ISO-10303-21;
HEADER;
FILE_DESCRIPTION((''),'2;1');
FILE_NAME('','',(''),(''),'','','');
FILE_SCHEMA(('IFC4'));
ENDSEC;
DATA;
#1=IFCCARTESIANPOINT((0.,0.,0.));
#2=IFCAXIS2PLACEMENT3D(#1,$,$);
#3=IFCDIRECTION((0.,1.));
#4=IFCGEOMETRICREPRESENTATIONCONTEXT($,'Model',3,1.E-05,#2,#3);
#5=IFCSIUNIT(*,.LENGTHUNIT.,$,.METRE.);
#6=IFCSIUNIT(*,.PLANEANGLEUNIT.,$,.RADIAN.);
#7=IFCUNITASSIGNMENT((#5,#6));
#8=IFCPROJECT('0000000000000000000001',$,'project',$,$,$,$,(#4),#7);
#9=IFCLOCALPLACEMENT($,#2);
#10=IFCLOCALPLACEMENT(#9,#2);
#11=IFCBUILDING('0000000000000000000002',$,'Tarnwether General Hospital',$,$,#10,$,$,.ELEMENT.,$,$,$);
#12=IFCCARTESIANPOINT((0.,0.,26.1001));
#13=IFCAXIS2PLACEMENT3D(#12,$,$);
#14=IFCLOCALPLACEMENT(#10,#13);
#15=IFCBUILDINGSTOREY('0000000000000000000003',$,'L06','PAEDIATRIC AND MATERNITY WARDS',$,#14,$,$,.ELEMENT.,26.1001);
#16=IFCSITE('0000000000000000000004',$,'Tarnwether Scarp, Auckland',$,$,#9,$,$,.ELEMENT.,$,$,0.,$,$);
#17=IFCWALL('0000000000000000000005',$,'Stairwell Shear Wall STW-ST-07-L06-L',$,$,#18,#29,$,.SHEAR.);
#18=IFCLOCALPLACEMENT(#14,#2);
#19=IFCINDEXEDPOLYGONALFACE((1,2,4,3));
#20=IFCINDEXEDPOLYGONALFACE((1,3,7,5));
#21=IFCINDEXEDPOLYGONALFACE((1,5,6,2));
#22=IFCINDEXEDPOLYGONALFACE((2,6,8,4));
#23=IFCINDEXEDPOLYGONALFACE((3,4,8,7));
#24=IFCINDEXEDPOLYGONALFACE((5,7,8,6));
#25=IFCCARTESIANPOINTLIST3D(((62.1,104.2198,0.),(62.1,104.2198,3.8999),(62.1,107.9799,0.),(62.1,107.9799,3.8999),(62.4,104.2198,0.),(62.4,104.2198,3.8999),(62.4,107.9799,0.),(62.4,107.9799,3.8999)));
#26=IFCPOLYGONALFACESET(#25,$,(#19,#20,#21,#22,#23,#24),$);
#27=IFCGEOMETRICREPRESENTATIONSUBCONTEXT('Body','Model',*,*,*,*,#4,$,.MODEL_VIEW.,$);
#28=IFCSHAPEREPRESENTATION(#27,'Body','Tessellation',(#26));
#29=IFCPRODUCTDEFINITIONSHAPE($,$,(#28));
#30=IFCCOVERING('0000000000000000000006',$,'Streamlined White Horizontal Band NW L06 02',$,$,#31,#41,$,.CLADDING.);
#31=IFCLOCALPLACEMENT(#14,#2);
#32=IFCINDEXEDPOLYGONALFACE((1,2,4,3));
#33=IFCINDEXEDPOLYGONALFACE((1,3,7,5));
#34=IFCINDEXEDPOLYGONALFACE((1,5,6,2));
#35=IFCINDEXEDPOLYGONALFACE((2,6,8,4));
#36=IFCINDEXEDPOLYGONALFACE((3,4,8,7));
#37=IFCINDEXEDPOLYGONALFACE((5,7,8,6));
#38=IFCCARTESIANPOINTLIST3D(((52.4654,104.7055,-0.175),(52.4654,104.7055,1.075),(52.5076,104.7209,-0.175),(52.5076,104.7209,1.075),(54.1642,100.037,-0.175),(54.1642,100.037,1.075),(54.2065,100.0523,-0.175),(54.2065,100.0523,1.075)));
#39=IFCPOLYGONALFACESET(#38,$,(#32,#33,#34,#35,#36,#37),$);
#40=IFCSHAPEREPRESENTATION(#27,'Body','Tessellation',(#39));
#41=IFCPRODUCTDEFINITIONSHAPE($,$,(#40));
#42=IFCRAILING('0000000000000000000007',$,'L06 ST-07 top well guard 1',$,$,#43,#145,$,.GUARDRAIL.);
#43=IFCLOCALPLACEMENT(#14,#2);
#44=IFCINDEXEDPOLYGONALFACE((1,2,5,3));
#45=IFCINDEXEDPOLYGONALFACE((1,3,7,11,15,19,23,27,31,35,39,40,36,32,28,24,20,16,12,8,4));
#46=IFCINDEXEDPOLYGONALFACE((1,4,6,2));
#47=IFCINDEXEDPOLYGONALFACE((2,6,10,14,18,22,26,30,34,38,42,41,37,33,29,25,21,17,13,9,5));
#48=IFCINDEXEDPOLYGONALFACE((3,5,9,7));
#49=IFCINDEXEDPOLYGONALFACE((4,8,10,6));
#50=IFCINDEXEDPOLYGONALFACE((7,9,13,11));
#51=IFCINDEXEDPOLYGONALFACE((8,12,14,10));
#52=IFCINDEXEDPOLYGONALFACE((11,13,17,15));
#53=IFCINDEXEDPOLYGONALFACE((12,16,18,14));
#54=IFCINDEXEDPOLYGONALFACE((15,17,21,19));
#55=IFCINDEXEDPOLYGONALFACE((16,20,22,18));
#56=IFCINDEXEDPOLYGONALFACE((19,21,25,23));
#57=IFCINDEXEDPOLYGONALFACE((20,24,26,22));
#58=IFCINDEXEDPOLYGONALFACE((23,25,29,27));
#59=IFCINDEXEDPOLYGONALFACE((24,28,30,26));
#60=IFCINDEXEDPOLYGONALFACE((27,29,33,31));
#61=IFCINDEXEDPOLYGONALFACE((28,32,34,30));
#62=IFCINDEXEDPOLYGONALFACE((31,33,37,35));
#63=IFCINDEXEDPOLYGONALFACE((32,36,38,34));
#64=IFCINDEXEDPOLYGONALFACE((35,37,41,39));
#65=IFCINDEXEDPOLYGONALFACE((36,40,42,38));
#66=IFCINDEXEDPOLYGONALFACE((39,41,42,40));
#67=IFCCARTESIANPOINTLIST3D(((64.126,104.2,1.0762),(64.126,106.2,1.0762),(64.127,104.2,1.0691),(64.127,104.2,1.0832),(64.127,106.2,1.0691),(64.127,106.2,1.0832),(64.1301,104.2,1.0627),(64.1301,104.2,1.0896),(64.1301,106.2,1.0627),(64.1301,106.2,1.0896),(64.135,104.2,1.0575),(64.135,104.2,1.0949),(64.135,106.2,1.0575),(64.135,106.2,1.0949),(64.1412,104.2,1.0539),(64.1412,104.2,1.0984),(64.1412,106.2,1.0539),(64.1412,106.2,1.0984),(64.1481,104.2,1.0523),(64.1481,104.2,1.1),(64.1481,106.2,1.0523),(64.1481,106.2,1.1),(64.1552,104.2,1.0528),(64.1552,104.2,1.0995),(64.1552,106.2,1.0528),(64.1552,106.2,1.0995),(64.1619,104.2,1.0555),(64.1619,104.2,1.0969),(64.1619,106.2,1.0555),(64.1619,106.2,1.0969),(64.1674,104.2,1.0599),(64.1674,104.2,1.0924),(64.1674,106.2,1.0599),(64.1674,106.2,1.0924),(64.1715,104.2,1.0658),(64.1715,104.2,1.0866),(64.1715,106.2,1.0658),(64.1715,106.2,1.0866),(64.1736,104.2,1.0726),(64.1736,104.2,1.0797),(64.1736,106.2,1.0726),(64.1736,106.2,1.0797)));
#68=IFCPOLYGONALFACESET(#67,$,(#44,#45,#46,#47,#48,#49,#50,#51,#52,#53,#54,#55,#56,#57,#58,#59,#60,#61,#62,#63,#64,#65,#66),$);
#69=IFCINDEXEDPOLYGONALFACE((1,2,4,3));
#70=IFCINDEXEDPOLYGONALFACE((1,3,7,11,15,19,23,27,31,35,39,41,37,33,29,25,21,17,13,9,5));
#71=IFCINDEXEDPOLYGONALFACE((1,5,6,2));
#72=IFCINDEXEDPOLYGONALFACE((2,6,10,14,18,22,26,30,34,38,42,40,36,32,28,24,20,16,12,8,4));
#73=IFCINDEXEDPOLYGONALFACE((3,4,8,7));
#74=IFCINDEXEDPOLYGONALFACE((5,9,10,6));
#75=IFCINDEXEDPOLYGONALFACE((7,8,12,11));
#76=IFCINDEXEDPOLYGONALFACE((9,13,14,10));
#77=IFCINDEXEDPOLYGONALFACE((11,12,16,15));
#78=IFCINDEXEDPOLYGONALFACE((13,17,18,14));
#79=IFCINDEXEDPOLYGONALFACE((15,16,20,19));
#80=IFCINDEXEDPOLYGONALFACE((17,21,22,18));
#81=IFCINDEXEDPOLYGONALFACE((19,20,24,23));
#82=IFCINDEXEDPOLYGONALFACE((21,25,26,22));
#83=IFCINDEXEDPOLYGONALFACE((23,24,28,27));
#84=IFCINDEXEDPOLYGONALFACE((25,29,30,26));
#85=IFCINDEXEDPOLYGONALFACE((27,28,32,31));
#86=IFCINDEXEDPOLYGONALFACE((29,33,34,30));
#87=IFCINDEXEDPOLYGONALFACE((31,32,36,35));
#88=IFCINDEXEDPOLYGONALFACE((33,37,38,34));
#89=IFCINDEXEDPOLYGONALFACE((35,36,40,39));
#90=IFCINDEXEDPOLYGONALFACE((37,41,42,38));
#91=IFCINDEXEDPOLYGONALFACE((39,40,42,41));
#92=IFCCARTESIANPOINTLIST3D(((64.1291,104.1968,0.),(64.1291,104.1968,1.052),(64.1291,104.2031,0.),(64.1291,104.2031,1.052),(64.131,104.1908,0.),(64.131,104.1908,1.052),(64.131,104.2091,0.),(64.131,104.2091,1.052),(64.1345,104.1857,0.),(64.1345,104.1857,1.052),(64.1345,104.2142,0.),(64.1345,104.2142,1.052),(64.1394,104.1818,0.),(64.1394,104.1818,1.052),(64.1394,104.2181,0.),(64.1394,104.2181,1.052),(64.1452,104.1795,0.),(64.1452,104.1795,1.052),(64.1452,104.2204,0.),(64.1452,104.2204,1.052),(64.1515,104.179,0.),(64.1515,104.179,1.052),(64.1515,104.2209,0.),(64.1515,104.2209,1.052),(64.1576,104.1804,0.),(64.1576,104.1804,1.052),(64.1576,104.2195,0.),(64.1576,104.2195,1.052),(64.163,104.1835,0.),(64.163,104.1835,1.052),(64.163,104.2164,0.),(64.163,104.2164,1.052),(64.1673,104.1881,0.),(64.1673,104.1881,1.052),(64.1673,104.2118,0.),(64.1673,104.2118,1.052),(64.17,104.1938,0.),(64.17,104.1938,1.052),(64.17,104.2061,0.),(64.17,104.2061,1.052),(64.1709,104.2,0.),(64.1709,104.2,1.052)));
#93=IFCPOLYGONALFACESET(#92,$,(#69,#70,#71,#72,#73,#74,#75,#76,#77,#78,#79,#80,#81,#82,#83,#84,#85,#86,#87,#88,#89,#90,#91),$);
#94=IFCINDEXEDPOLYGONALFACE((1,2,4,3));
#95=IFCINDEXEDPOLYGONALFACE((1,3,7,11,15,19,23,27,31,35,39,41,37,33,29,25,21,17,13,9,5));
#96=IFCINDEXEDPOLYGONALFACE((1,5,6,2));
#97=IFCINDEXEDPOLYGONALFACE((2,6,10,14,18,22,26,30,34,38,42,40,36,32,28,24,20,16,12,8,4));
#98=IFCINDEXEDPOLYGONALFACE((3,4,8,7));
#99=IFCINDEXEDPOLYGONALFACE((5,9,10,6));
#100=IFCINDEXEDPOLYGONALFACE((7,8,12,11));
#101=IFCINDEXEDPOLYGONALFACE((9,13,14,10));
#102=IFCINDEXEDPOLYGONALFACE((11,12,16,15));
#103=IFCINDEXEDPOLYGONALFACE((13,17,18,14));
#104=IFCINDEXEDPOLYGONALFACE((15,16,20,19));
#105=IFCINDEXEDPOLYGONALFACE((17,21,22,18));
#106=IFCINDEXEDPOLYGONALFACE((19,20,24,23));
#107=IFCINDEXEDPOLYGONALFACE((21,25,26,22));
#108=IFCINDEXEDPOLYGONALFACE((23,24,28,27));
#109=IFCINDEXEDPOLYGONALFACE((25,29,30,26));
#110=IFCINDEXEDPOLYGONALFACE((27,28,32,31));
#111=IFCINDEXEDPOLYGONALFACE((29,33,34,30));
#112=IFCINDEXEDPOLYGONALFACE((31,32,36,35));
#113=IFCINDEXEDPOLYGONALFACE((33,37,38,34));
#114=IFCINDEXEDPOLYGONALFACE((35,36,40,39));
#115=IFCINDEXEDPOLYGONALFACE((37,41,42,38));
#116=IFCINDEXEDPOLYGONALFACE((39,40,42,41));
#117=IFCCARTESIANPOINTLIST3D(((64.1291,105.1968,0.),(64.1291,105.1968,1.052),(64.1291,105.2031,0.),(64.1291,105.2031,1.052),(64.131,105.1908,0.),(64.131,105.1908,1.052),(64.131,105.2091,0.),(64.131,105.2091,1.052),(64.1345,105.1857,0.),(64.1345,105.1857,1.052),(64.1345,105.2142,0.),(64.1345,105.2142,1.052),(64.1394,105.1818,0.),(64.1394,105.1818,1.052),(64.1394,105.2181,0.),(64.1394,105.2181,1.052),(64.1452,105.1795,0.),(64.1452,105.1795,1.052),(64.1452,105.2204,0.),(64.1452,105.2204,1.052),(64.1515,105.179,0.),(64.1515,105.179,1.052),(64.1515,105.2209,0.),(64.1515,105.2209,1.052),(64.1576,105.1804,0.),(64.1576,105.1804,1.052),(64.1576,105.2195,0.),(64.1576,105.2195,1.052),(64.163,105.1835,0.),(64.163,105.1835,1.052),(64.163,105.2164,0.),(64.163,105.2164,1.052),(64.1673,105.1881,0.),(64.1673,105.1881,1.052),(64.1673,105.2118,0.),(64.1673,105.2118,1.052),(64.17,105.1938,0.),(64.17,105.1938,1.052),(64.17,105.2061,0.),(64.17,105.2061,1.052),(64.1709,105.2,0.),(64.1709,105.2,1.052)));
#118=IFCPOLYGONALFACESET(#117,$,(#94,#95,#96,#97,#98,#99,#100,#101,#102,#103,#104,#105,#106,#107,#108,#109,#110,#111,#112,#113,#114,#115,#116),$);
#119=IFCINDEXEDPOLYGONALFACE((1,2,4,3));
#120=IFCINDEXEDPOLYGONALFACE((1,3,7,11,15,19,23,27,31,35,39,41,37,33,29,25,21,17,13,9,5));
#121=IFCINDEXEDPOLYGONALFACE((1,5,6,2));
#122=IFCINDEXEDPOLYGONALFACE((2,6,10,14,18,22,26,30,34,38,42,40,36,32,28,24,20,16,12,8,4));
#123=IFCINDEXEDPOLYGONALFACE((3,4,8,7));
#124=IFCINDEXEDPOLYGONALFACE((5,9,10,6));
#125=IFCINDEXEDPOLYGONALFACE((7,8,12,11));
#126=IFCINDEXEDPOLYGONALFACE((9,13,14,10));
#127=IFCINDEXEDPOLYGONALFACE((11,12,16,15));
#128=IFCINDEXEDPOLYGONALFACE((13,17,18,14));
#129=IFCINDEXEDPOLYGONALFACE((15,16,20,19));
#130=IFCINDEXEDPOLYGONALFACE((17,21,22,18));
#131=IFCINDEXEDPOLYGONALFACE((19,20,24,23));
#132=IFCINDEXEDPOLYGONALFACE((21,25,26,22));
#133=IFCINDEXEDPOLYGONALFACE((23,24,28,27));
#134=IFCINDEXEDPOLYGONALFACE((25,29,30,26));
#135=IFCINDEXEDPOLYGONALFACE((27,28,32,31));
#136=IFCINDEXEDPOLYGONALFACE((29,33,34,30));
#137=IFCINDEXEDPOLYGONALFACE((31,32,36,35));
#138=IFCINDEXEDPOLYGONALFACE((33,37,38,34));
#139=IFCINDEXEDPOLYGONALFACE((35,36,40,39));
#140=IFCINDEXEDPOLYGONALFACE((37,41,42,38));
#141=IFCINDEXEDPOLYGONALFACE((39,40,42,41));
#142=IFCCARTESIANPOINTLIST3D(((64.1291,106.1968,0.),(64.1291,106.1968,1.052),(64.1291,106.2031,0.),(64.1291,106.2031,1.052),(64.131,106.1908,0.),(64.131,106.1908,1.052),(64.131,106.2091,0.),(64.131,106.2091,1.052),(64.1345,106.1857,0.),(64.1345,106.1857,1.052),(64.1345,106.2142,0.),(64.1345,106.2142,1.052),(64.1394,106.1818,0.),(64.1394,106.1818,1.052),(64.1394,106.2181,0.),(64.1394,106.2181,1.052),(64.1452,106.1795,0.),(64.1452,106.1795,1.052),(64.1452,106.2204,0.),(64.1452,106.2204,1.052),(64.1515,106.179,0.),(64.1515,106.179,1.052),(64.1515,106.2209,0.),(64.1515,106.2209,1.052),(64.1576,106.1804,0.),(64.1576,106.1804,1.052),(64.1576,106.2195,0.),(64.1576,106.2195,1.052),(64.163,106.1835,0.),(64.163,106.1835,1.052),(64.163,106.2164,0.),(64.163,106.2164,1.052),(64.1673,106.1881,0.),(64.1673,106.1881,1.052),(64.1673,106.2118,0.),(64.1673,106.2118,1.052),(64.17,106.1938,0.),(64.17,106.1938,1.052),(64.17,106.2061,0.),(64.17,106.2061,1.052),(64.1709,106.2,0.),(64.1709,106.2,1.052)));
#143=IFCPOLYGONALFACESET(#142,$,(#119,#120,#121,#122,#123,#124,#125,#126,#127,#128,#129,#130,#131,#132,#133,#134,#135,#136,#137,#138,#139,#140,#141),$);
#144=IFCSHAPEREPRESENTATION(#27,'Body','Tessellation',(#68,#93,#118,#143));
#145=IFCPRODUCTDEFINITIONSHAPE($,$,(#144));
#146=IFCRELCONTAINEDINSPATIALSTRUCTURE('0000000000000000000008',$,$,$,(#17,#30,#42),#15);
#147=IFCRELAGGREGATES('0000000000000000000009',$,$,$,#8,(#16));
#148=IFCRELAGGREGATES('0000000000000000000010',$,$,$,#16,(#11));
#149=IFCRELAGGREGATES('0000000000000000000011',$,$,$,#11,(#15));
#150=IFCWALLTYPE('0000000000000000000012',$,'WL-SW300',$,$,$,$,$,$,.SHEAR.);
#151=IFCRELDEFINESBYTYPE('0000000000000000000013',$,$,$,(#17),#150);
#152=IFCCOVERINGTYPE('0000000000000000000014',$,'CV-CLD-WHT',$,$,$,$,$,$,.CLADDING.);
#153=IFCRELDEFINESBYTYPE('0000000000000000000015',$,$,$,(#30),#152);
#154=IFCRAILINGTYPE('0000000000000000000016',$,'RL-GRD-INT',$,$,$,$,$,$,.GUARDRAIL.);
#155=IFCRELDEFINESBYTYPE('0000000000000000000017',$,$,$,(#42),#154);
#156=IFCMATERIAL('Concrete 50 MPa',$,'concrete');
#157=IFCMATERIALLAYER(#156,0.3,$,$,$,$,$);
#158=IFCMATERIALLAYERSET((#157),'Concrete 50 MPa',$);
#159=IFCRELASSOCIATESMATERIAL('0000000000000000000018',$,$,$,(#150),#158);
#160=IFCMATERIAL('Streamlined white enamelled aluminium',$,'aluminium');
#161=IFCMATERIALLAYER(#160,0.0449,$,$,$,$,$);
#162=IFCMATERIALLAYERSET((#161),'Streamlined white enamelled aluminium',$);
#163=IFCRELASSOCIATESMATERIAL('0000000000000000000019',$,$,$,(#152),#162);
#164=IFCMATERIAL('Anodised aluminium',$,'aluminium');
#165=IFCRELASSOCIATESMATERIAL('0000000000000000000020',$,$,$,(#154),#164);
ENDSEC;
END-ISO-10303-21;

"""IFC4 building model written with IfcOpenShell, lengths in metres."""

from ifc_helpers import new_model, si_unit, direction, frame, frame_2d, origin, origin_2d, place, context, subcontext, project, spatial, rectangle, circle, extrude, material, layer, layer_set, type_object, element, save


model = new_model("IFC4")

# Units and contexts
model_context = context("Model", 3, precision=1e-05, world=origin(), true_north=direction((0.0, 1.0)))
body_context = subcontext(model_context, "Body", "Model", "MODEL_VIEW")
ifc_project = project(units=[si_unit("LENGTHUNIT", "METRE"), si_unit("PLANEANGLEUNIT", "RADIAN")], contexts=[model_context])

# Site, building, storey
site_placement = place(None, origin())
site = spatial("IfcSite", under=ifc_project, at=site_placement, Name="Tarnwether Scarp, Auckland", CompositionType="ELEMENT", RefElevation=0.0)
building_placement = place(site_placement, origin())
building = spatial("IfcBuilding", under=site, at=building_placement, Name="Tarnwether General Hospital", CompositionType="ELEMENT")
storey_placement = place(building_placement, frame((0.0, 0.0, 26.1001)))
storey = spatial("IfcBuildingStorey", under=building, at=storey_placement, Name="L06", Description="PAEDIATRIC AND MATERNITY WARDS", CompositionType="ELEMENT", Elevation=26.1001)

# Shared definitions
ifc_material_1 = material(Name="Concrete 50 MPa", Category="concrete")
ifc_layer_1 = layer(ifc_material_1, 0.3)
ifc_layer_set_1 = layer_set([ifc_layer_1], Name="Concrete 50 MPa")
wall_type_1 = type_object("IfcWallType", Name="WL-SW300", PredefinedType="SHEAR", material=ifc_layer_set_1)

# Wall
wall_1_placement = place(storey_placement, frame((62.25, 104.22, 0.0), z_axis=(0.0, 0.0, 1.0), x_axis=(0.0, 1.0, 0.0)))
element("IfcWall", 1, at=wall_1_placement, inside=storey, type_object=wall_type_1, Name="Stairwell Shear Wall STW-ST-07-L06-L", PredefinedType="SHEAR", context=body_context, shape_type="SweptSolid", body=[
    extrude(rectangle(XDim=3.76, YDim=0.3, at=frame_2d((1.8799, 0.0))), origin(), (0.0, 0.0, 1.0), 3.8999),
])

# Covering
ifc_material_2 = material(Name="Streamlined white enamelled aluminium", Category="aluminium")
ifc_layer_2 = layer(ifc_material_2, 0.0449)
ifc_layer_set_2 = layer_set([ifc_layer_2], Name="Streamlined white enamelled aluminium")
covering_type = type_object("IfcCoveringType", Name="CV-CLD-WHT", PredefinedType="CLADDING", material=ifc_layer_set_2)
covering_placement = place(storey_placement, frame((53.3359, 102.3789, -0.175), z_axis=(0.0, 0.0, 1.0), x_axis=(-0.341955, 0.939716, 0.0)))
element("IfcCovering", 2, at=covering_placement, inside=storey, type_object=covering_type, Name="Streamlined White Horizontal Band NW L06 02", PredefinedType="CLADDING", context=body_context, shape_type="SweptSolid", body=[
    extrude(rectangle(XDim=4.968, YDim=0.0449, at=origin_2d()), origin(), (0.0, 0.0, 1.0), 1.25),
])

# Railing
ifc_material_3 = material(Name="Anodised aluminium", Category="aluminium")
railing_type = type_object("IfcRailingType", Name="RL-GRD-INT", PredefinedType="GUARDRAIL", material=ifc_material_3)
railing_placement = place(storey_placement, frame((64.1499, 104.2, 0.0)))
element("IfcRailing", 3, at=railing_placement, inside=storey, type_object=railing_type, Name="L06 ST-07 top well guard 1", PredefinedType="GUARDRAIL", context=body_context, shape_type="SweptSolid", body=[
    extrude(circle(Radius=0.0239, at=origin_2d()), frame((0.0, 0.0, 1.0762), z_axis=(0.0, 1.0, 0.0), x_axis=(-1.0, 0.0, 0.0)), (0.0, 0.0, 1.0), 2.0),
    extrude(circle(Radius=0.021, at=origin_2d()), origin(), (0.0, 0.0, 1.0), 1.052),
    extrude(circle(Radius=0.021, at=origin_2d()), frame((0.0, 1.0, 0.0)), (0.0, 0.0, 1.0), 1.052),
    extrude(circle(Radius=0.021, at=origin_2d()), frame((0.0, 2.0, 0.0)), (0.0, 0.0, 1.0), 1.052),
])

save(model, "model.ifc")
